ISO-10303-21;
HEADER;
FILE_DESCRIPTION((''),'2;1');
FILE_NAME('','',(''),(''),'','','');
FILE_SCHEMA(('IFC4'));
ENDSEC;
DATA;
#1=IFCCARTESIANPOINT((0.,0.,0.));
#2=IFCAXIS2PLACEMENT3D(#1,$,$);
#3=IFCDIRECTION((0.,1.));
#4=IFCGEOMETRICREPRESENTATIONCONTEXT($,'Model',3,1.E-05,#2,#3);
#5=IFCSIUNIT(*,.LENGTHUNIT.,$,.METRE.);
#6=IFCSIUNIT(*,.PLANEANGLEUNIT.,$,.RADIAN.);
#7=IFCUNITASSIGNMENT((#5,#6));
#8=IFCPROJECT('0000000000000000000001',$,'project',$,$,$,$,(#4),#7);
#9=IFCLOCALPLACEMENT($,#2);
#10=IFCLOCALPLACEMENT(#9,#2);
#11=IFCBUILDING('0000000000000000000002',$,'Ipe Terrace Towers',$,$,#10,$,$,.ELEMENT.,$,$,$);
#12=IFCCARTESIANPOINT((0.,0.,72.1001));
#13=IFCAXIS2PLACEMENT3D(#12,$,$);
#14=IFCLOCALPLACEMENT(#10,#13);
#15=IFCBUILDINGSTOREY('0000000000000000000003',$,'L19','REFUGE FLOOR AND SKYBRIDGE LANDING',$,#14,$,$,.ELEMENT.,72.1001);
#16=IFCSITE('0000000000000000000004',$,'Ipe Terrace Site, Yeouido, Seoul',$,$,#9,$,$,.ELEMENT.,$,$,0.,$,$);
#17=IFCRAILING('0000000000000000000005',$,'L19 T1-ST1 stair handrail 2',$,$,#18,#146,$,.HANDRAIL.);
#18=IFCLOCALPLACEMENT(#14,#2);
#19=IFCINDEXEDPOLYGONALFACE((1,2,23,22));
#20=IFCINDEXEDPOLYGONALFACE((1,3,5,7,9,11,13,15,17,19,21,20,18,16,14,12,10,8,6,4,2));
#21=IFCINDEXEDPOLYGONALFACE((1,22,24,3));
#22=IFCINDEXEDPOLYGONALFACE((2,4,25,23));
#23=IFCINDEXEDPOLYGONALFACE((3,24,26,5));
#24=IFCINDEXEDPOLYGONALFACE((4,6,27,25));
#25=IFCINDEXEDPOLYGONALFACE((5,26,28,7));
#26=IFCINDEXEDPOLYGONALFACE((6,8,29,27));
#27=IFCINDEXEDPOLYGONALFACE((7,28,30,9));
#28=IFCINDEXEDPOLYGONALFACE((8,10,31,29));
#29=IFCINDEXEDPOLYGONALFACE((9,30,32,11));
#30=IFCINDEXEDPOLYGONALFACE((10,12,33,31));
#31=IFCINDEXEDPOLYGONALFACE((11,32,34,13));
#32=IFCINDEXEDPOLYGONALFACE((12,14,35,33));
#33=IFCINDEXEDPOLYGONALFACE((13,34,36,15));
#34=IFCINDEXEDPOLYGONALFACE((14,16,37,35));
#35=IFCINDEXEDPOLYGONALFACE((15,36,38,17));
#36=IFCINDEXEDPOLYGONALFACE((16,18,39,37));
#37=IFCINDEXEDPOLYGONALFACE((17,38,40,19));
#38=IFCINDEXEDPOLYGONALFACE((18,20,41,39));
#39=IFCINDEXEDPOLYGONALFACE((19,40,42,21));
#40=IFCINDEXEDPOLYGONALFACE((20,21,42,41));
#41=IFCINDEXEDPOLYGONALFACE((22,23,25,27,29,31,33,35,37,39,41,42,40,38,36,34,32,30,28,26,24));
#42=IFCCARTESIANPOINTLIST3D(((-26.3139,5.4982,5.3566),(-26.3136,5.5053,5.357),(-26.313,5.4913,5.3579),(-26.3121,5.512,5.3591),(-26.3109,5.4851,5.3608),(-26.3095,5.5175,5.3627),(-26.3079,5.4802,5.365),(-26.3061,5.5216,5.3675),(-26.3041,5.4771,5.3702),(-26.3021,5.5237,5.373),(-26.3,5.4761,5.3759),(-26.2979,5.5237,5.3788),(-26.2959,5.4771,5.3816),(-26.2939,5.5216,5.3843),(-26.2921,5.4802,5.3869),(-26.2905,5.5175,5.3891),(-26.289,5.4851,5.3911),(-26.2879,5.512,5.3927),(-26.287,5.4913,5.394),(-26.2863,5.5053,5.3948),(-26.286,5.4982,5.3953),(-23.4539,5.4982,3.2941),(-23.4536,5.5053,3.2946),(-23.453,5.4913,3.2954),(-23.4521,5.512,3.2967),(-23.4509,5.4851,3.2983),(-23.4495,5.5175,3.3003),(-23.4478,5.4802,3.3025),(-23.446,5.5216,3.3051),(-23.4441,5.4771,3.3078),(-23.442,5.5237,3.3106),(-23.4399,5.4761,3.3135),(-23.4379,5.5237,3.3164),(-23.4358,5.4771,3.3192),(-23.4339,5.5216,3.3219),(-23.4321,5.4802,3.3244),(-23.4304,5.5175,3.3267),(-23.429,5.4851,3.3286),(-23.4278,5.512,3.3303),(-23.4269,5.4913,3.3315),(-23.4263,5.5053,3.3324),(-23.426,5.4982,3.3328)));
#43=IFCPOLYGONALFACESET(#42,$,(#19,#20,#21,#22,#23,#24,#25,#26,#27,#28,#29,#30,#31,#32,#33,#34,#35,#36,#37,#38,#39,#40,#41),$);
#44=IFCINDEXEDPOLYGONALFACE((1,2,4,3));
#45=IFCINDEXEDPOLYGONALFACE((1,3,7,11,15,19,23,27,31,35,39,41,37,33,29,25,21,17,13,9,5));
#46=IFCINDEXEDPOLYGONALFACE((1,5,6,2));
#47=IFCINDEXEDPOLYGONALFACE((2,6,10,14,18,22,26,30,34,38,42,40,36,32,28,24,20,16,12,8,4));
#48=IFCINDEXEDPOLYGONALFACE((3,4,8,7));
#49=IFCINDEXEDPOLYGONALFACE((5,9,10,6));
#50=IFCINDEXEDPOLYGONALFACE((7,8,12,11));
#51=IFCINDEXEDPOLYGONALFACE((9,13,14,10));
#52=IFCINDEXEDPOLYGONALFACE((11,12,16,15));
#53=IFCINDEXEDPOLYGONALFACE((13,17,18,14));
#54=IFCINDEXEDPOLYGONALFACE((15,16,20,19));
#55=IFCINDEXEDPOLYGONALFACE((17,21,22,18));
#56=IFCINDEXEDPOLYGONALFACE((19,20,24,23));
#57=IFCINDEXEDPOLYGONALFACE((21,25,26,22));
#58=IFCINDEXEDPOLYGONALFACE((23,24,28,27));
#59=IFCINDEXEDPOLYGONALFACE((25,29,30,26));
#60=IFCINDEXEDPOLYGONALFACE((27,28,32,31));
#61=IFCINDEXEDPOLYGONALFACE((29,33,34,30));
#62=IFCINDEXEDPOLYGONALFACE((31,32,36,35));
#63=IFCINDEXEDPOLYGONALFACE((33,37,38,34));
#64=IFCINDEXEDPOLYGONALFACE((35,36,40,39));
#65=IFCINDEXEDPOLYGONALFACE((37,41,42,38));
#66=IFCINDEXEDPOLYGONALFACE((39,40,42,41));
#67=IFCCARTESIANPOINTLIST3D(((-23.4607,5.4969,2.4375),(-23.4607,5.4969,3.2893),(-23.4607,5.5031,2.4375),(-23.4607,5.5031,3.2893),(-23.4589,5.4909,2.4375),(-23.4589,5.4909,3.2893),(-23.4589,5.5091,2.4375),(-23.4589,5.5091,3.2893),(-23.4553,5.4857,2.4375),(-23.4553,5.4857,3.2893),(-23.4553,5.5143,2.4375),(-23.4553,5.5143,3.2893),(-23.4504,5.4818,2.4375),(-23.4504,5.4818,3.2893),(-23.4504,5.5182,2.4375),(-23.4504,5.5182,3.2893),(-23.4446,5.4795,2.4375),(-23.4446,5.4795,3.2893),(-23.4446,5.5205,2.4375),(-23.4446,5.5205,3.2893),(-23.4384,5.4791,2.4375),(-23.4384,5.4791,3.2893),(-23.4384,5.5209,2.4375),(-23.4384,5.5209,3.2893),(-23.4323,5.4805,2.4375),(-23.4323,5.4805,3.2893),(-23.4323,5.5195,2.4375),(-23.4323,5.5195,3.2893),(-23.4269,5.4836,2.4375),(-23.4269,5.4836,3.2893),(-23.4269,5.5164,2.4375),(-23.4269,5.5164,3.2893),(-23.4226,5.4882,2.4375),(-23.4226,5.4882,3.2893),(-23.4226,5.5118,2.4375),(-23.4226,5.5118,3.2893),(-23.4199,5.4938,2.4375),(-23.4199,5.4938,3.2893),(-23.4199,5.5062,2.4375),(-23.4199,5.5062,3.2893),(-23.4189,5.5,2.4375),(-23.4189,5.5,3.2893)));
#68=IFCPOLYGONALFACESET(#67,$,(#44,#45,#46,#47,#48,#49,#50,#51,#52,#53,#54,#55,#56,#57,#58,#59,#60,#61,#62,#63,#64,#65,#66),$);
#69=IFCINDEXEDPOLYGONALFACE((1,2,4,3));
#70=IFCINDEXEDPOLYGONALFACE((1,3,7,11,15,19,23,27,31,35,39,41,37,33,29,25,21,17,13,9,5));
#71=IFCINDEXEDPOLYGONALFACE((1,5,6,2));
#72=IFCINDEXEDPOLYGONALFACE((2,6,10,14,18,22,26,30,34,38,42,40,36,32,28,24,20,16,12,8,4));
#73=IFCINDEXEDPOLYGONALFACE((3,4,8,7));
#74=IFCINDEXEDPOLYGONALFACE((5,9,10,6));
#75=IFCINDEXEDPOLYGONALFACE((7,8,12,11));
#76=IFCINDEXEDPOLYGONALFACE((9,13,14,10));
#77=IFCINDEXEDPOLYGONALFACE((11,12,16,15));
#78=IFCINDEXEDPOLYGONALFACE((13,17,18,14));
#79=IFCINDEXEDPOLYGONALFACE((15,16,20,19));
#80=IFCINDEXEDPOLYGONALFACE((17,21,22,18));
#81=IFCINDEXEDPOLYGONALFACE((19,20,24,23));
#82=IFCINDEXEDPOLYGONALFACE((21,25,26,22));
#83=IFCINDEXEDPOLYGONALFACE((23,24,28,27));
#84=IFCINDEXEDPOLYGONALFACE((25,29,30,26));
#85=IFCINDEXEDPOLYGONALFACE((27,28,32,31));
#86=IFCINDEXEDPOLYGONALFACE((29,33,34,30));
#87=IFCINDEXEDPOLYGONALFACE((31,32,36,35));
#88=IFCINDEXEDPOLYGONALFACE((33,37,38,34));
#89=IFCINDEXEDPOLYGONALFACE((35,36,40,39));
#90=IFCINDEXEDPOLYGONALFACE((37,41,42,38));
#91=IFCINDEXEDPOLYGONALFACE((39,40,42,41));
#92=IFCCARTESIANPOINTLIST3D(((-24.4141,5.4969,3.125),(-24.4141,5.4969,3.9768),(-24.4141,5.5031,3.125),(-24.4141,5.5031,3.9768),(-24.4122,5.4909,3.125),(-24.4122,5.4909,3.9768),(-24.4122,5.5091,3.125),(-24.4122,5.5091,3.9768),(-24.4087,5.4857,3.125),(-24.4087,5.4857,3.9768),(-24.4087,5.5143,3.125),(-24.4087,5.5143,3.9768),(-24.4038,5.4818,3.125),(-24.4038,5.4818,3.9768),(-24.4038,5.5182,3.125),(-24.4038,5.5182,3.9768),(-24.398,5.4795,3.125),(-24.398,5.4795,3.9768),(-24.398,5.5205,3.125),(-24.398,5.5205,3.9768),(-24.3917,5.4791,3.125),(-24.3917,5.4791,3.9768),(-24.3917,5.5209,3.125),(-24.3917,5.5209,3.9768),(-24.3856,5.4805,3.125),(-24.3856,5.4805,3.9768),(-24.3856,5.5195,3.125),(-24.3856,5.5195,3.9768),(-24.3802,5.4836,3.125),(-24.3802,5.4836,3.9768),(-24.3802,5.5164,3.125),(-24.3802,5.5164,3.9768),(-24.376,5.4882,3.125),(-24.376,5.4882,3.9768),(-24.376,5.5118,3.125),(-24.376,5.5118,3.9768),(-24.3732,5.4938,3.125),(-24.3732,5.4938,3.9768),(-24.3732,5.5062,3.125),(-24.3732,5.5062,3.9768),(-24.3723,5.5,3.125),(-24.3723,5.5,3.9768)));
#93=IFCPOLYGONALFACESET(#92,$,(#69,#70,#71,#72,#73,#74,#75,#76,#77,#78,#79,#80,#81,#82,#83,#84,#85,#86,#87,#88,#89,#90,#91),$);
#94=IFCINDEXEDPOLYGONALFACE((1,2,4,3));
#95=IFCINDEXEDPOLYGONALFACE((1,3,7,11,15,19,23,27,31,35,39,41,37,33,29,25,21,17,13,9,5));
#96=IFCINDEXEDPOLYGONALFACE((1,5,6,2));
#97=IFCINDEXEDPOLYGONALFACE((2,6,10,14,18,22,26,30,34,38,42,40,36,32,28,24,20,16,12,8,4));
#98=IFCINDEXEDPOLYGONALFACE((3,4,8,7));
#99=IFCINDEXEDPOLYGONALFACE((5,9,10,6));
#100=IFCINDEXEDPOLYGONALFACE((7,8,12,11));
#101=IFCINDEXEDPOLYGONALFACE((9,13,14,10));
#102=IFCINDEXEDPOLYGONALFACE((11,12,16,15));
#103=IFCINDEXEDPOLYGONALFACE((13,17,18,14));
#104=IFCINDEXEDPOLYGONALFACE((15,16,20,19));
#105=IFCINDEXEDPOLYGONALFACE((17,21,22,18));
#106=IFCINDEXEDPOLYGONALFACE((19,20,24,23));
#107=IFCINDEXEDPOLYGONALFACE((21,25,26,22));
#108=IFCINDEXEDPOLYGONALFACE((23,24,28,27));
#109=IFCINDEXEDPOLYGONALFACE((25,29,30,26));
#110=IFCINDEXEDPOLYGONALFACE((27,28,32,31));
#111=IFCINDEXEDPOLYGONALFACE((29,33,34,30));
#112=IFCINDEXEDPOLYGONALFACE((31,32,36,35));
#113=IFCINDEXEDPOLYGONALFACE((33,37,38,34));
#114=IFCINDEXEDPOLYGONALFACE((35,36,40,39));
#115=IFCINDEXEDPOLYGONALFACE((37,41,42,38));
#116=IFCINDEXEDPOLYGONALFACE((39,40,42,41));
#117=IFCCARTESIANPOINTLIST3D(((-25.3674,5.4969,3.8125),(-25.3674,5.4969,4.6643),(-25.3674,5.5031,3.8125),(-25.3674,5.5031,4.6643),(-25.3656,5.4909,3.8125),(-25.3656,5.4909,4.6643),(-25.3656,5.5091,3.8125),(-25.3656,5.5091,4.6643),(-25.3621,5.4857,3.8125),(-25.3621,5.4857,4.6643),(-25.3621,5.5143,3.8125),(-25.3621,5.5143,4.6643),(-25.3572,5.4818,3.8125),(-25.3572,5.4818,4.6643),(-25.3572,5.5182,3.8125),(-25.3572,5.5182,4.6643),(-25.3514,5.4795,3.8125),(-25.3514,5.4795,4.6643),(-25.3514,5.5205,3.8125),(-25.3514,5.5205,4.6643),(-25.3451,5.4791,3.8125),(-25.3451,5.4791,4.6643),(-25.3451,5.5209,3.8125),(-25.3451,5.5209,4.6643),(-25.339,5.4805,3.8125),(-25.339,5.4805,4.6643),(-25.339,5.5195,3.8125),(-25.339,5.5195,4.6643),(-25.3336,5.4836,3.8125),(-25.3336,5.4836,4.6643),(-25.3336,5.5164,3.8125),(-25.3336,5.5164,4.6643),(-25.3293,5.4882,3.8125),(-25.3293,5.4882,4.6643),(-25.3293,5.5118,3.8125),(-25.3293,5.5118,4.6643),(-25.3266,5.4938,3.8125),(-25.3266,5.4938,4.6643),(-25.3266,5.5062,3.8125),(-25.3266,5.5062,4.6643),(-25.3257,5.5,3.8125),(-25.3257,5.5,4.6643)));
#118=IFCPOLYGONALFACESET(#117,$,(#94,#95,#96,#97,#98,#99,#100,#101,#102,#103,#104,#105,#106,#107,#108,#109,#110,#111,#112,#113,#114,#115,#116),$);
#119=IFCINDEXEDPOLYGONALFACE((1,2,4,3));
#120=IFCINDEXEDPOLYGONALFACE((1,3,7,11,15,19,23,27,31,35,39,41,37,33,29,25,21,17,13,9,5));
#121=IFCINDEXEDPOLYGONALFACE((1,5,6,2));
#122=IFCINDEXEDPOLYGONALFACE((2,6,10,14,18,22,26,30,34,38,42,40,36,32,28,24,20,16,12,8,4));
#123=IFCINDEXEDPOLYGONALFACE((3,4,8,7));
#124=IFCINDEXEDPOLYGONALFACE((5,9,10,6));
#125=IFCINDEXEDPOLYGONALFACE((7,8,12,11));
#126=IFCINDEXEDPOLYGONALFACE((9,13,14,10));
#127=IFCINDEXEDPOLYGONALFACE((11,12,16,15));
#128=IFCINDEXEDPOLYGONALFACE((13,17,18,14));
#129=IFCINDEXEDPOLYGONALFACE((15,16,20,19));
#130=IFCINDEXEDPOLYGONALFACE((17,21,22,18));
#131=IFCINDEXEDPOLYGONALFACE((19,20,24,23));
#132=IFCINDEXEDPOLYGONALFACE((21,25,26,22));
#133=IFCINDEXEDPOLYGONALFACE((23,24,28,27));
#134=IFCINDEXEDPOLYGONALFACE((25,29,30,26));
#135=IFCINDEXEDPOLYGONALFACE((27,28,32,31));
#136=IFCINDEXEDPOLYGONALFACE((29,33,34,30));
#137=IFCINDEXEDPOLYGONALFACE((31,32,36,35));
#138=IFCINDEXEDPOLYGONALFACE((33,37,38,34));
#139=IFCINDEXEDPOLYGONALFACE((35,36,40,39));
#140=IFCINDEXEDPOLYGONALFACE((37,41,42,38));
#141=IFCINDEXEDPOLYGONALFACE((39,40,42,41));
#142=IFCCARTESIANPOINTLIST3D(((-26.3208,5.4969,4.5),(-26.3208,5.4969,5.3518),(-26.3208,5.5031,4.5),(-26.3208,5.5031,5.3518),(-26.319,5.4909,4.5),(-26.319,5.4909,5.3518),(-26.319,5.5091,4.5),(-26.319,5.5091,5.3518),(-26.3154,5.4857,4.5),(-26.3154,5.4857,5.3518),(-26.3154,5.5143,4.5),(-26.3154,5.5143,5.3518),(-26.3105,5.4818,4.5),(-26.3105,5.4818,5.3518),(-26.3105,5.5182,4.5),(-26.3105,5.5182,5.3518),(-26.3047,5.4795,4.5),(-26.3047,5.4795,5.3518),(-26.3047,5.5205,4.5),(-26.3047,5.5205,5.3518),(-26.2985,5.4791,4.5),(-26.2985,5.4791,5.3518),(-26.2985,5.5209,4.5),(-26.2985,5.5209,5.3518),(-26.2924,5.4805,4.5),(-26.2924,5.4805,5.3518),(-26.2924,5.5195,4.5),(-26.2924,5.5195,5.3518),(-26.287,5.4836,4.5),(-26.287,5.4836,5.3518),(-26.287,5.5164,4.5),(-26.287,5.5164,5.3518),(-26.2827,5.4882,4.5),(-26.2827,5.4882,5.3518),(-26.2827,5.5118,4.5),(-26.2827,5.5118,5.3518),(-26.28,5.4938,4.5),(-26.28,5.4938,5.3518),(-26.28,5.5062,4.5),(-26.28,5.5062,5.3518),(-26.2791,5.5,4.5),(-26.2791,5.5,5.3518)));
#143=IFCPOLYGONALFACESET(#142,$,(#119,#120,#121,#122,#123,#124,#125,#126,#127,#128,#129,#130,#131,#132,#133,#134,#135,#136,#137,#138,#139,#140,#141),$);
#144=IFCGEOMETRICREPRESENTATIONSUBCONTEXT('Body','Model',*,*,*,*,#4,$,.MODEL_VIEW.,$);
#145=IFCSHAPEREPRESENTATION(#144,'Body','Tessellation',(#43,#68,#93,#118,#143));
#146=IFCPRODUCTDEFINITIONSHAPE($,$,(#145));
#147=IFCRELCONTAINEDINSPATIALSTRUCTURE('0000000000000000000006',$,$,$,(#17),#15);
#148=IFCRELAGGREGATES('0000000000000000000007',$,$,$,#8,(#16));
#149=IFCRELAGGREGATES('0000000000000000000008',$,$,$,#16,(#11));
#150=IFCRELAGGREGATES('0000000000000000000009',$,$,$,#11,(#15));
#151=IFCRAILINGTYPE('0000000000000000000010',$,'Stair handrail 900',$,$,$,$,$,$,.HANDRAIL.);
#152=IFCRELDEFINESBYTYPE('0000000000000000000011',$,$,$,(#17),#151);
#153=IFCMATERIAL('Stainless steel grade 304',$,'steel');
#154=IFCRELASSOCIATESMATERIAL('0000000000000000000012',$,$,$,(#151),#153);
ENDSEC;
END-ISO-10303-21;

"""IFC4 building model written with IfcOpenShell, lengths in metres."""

from ifc_helpers import new_model, si_unit, direction, frame, origin, origin_2d, place, context, subcontext, project, spatial, circle, extrude, material, type_object, element, save


model = new_model("IFC4")

# Units and contexts
model_context = context("Model", 3, precision=1e-05, world=origin(), true_north=direction((0.0, 1.0)))
body_context = subcontext(model_context, "Body", "Model", "MODEL_VIEW")
ifc_project = project(units=[si_unit("LENGTHUNIT", "METRE"), si_unit("PLANEANGLEUNIT", "RADIAN")], contexts=[model_context])

# Site, building, storey
site_placement = place(None, origin())
site = spatial("IfcSite", under=ifc_project, at=site_placement, Name="Ipe Terrace Site, Yeouido, Seoul", CompositionType="ELEMENT", RefElevation=0.0)
building_placement = place(site_placement, origin())
building = spatial("IfcBuilding", under=site, at=building_placement, Name="Ipe Terrace Towers", CompositionType="ELEMENT")
storey_placement = place(building_placement, frame((0.0, 0.0, 72.1001)))
storey = spatial("IfcBuildingStorey", under=building, at=storey_placement, Name="L19", Description="REFUGE FLOOR AND SKYBRIDGE LANDING", CompositionType="ELEMENT", Elevation=72.1001)

# Railing
ifc_material_1 = material(Name="Stainless steel grade 304", Category="steel")
railing_type_1 = type_object("IfcRailingType", Name="Stair handrail 900", PredefinedType="HANDRAIL", material=ifc_material_1)
railing_1_placement = place(storey_placement, frame((-23.4399, 5.5, 2.4375)))
element("IfcRailing", 1, at=railing_1_placement, inside=storey, type_object=railing_type_1, Name="L19 T1-ST1 stair handrail 2", PredefinedType="HANDRAIL", context=body_context, shape_type="SweptSolid", body=[
    extrude(circle(Radius=0.0239, at=origin_2d()), frame((0.0, 0.0, 0.876), z_axis=(-0.811101, 0.0, 0.584906), x_axis=(0.0, -1.0, 0.0)), (0.0, 0.0, 1.0), 3.5261),
    extrude(circle(Radius=0.021, at=origin_2d()), origin(), (0.0, 0.0, 1.0), 0.8518),
    extrude(circle(Radius=0.021, at=origin_2d()), frame((-0.9534, 0.0, 0.6875)), (0.0, 0.0, 1.0), 0.8518),
    extrude(circle(Radius=0.021, at=origin_2d()), frame((-1.9067, 0.0, 1.375)), (0.0, 0.0, 1.0), 0.8518),
    extrude(circle(Radius=0.021, at=origin_2d()), frame((-2.8601, 0.0, 2.0625)), (0.0, 0.0, 1.0), 0.8518),
])

save(model, "model.ifc")
